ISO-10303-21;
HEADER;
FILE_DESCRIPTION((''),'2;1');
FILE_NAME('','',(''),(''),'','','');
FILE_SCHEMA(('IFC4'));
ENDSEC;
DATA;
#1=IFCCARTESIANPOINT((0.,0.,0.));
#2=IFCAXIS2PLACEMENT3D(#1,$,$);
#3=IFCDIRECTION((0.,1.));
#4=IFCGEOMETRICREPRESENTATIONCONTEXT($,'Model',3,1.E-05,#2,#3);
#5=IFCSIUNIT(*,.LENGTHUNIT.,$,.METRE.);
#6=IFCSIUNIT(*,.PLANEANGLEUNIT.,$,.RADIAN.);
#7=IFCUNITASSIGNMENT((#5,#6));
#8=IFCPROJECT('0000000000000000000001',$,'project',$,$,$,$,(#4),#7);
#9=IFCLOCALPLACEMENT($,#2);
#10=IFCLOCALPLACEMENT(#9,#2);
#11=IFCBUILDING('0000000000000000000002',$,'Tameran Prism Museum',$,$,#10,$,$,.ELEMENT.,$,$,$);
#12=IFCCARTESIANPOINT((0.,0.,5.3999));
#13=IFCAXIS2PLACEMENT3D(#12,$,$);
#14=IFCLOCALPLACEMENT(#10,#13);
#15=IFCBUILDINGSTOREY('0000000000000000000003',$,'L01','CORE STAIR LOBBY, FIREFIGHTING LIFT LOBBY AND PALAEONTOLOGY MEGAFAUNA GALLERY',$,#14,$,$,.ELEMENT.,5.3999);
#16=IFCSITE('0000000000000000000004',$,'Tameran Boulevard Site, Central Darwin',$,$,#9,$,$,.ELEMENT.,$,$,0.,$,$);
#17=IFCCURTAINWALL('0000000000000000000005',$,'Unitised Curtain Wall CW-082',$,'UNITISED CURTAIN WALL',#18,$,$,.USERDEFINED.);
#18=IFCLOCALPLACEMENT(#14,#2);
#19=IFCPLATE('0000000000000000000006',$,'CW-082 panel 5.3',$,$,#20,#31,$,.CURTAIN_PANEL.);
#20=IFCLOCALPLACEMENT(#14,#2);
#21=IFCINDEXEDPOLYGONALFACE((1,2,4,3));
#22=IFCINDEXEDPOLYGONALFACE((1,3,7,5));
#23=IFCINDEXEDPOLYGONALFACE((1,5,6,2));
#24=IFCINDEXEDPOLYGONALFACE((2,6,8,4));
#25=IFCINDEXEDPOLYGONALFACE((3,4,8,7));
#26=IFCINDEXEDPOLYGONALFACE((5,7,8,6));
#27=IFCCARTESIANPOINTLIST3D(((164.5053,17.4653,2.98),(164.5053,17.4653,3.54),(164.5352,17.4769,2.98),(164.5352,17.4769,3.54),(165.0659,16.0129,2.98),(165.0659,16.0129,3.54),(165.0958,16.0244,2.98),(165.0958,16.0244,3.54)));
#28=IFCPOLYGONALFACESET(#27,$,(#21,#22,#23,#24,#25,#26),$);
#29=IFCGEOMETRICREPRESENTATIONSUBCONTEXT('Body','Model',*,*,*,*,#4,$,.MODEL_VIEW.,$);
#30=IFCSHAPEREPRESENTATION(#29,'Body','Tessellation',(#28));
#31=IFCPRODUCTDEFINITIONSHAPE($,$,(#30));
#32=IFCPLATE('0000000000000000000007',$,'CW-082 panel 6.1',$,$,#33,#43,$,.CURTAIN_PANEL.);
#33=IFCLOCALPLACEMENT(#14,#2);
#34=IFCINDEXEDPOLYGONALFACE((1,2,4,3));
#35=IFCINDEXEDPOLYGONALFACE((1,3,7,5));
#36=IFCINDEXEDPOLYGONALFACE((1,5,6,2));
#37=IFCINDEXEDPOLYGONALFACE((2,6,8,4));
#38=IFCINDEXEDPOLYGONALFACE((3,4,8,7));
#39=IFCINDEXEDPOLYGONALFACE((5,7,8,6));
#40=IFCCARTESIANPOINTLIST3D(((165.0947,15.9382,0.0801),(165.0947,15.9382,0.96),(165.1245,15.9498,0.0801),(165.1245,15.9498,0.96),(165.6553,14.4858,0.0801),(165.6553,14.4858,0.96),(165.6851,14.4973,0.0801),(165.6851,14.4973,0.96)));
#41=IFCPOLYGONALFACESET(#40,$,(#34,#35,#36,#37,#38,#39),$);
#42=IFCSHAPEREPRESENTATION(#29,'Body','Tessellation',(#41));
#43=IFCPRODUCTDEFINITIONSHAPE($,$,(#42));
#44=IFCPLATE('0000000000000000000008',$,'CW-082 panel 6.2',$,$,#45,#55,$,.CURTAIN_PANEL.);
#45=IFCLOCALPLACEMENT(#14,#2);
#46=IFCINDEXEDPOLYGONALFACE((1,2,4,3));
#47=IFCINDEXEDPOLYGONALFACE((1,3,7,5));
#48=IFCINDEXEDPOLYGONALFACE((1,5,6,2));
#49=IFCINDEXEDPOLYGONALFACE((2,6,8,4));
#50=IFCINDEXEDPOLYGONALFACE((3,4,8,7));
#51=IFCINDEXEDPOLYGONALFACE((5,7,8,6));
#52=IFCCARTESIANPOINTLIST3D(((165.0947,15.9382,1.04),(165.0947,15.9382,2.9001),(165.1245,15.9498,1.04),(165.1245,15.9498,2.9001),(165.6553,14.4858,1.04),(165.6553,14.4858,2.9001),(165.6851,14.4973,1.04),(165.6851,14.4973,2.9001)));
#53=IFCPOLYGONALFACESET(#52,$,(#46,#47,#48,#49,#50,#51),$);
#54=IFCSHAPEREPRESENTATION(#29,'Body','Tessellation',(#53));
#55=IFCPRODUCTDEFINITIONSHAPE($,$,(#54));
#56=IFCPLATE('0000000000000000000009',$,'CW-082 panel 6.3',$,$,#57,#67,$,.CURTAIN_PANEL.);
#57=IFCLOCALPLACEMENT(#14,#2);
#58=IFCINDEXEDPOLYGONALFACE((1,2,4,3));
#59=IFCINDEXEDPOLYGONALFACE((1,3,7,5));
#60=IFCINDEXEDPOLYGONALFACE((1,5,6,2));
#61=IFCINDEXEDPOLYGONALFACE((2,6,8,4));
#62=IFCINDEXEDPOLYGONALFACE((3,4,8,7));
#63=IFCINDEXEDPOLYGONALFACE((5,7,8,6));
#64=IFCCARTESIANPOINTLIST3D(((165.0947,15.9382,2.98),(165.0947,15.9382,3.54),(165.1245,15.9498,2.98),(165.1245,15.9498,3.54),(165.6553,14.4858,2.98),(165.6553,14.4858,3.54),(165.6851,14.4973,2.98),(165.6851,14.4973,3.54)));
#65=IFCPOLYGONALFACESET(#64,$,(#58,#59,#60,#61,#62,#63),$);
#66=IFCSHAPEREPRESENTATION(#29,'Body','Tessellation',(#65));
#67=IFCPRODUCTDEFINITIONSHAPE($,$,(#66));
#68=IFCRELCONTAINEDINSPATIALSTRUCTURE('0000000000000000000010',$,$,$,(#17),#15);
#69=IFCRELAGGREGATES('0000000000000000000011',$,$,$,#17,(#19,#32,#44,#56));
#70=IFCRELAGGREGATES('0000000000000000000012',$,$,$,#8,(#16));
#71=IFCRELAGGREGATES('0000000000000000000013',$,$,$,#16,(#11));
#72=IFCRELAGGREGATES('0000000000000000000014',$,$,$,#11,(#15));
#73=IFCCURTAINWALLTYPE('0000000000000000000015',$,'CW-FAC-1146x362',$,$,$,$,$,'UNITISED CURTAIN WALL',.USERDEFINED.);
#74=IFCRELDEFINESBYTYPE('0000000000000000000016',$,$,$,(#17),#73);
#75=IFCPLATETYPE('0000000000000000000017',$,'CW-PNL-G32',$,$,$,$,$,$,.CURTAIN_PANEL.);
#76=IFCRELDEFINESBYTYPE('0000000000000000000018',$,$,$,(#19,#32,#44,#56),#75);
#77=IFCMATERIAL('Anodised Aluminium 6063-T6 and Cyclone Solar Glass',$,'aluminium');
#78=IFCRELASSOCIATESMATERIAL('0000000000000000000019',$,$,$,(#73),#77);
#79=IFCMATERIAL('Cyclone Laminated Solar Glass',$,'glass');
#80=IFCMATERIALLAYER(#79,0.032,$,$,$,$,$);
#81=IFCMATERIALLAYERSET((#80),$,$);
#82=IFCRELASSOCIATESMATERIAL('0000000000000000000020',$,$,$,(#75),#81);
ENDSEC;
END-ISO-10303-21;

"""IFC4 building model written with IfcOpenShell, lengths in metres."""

from ifc_helpers import new_model, si_unit, direction, frame, origin, origin_2d, place, context, subcontext, project, spatial, rectangle, extrude, material, layer, layer_set, type_object, element, aggregate, save


model = new_model("IFC4")

# Units and contexts
model_context = context("Model", 3, precision=1e-05, world=origin(), true_north=direction((0.0, 1.0)))
body_context = subcontext(model_context, "Body", "Model", "MODEL_VIEW")
ifc_project = project(units=[si_unit("LENGTHUNIT", "METRE"), si_unit("PLANEANGLEUNIT", "RADIAN")], contexts=[model_context])

# Site, building, storey
site_placement = place(None, origin())
site = spatial("IfcSite", under=ifc_project, at=site_placement, Name="Tameran Boulevard Site, Central Darwin", CompositionType="ELEMENT", RefElevation=0.0)
building_placement = place(site_placement, origin())
building = spatial("IfcBuilding", under=site, at=building_placement, Name="Tameran Prism Museum", CompositionType="ELEMENT")
storey_placement = place(building_placement, frame((0.0, 0.0, 5.3999)))
storey = spatial("IfcBuildingStorey", under=building, at=storey_placement, Name="L01", Description="CORE STAIR LOBBY, FIREFIGHTING LIFT LOBBY AND PALAEONTOLOGY MEGAFAUNA GALLERY", CompositionType="ELEMENT", Elevation=5.3999)

# Curtain wall, plates
ifc_material_1 = material(Name="Anodised Aluminium 6063-T6 and Cyclone Solar Glass", Category="aluminium")
curtain_wall_type = type_object("IfcCurtainWallType", Name="CW-FAC-1146x362", ElementType="UNITISED CURTAIN WALL", PredefinedType="USERDEFINED", material=ifc_material_1)
curtain_wall_placement = place(storey_placement, origin())
curtain_wall = element("IfcCurtainWall", 1, at=curtain_wall_placement, inside=storey, type_object=curtain_wall_type, Name="Unitised Curtain Wall CW-082", ObjectType="UNITISED CURTAIN WALL", PredefinedType="USERDEFINED")
ifc_material_2 = material(Name="Cyclone Laminated Solar Glass", Category="glass")
ifc_layer = layer(ifc_material_2, 0.032)
ifc_layer_set = layer_set([ifc_layer])
plate_type = type_object("IfcPlateType", Name="CW-PNL-G32", PredefinedType="CURTAIN_PANEL", material=ifc_layer_set)
plate_1_placement = place(storey_placement, frame((164.8005, 16.7449, 2.98), z_axis=(0.0, 0.0, 1.0), x_axis=(0.360078, -0.932922, 0.0)))
plate_1 = element("IfcPlate", 2, at=plate_1_placement, type_object=plate_type, Name="CW-082 panel 5.3", PredefinedType="CURTAIN_PANEL", context=body_context, shape_type="SweptSolid", body=[
    extrude(rectangle(XDim=1.5569, YDim=0.032, at=origin_2d()), origin(), (0.0, 0.0, 1.0), 0.5601),
])
plate_2_placement = place(storey_placement, frame((165.3899, 15.2178, 0.0801), z_axis=(0.0, 0.0, 1.0), x_axis=(0.360078, -0.932922, 0.0)))
plate_2 = element("IfcPlate", 3, at=plate_2_placement, type_object=plate_type, Name="CW-082 panel 6.1", PredefinedType="CURTAIN_PANEL", context=body_context, shape_type="SweptSolid", body=[
    extrude(rectangle(XDim=1.5569, YDim=0.032, at=origin_2d()), origin(), (0.0, 0.0, 1.0), 0.8799),
])
plate_3_placement = place(storey_placement, frame((165.3899, 15.2178, 1.04), z_axis=(0.0, 0.0, 1.0), x_axis=(0.360078, -0.932922, 0.0)))
plate_3 = element("IfcPlate", 4, at=plate_3_placement, type_object=plate_type, Name="CW-082 panel 6.2", PredefinedType="CURTAIN_PANEL", context=body_context, shape_type="SweptSolid", body=[
    extrude(rectangle(XDim=1.5569, YDim=0.032, at=origin_2d()), origin(), (0.0, 0.0, 1.0), 1.8601),
])
plate_4_placement = place(storey_placement, frame((165.3899, 15.2178, 2.98), z_axis=(0.0, 0.0, 1.0), x_axis=(0.360078, -0.932922, 0.0)))
plate_4 = element("IfcPlate", 5, at=plate_4_placement, type_object=plate_type, Name="CW-082 panel 6.3", PredefinedType="CURTAIN_PANEL", context=body_context, shape_type="SweptSolid", body=[
    extrude(rectangle(XDim=1.5569, YDim=0.032, at=origin_2d()), origin(), (0.0, 0.0, 1.0), 0.5601),
])
aggregate(curtain_wall, [plate_1, plate_2, plate_3, plate_4])

save(model, "model.ifc")
